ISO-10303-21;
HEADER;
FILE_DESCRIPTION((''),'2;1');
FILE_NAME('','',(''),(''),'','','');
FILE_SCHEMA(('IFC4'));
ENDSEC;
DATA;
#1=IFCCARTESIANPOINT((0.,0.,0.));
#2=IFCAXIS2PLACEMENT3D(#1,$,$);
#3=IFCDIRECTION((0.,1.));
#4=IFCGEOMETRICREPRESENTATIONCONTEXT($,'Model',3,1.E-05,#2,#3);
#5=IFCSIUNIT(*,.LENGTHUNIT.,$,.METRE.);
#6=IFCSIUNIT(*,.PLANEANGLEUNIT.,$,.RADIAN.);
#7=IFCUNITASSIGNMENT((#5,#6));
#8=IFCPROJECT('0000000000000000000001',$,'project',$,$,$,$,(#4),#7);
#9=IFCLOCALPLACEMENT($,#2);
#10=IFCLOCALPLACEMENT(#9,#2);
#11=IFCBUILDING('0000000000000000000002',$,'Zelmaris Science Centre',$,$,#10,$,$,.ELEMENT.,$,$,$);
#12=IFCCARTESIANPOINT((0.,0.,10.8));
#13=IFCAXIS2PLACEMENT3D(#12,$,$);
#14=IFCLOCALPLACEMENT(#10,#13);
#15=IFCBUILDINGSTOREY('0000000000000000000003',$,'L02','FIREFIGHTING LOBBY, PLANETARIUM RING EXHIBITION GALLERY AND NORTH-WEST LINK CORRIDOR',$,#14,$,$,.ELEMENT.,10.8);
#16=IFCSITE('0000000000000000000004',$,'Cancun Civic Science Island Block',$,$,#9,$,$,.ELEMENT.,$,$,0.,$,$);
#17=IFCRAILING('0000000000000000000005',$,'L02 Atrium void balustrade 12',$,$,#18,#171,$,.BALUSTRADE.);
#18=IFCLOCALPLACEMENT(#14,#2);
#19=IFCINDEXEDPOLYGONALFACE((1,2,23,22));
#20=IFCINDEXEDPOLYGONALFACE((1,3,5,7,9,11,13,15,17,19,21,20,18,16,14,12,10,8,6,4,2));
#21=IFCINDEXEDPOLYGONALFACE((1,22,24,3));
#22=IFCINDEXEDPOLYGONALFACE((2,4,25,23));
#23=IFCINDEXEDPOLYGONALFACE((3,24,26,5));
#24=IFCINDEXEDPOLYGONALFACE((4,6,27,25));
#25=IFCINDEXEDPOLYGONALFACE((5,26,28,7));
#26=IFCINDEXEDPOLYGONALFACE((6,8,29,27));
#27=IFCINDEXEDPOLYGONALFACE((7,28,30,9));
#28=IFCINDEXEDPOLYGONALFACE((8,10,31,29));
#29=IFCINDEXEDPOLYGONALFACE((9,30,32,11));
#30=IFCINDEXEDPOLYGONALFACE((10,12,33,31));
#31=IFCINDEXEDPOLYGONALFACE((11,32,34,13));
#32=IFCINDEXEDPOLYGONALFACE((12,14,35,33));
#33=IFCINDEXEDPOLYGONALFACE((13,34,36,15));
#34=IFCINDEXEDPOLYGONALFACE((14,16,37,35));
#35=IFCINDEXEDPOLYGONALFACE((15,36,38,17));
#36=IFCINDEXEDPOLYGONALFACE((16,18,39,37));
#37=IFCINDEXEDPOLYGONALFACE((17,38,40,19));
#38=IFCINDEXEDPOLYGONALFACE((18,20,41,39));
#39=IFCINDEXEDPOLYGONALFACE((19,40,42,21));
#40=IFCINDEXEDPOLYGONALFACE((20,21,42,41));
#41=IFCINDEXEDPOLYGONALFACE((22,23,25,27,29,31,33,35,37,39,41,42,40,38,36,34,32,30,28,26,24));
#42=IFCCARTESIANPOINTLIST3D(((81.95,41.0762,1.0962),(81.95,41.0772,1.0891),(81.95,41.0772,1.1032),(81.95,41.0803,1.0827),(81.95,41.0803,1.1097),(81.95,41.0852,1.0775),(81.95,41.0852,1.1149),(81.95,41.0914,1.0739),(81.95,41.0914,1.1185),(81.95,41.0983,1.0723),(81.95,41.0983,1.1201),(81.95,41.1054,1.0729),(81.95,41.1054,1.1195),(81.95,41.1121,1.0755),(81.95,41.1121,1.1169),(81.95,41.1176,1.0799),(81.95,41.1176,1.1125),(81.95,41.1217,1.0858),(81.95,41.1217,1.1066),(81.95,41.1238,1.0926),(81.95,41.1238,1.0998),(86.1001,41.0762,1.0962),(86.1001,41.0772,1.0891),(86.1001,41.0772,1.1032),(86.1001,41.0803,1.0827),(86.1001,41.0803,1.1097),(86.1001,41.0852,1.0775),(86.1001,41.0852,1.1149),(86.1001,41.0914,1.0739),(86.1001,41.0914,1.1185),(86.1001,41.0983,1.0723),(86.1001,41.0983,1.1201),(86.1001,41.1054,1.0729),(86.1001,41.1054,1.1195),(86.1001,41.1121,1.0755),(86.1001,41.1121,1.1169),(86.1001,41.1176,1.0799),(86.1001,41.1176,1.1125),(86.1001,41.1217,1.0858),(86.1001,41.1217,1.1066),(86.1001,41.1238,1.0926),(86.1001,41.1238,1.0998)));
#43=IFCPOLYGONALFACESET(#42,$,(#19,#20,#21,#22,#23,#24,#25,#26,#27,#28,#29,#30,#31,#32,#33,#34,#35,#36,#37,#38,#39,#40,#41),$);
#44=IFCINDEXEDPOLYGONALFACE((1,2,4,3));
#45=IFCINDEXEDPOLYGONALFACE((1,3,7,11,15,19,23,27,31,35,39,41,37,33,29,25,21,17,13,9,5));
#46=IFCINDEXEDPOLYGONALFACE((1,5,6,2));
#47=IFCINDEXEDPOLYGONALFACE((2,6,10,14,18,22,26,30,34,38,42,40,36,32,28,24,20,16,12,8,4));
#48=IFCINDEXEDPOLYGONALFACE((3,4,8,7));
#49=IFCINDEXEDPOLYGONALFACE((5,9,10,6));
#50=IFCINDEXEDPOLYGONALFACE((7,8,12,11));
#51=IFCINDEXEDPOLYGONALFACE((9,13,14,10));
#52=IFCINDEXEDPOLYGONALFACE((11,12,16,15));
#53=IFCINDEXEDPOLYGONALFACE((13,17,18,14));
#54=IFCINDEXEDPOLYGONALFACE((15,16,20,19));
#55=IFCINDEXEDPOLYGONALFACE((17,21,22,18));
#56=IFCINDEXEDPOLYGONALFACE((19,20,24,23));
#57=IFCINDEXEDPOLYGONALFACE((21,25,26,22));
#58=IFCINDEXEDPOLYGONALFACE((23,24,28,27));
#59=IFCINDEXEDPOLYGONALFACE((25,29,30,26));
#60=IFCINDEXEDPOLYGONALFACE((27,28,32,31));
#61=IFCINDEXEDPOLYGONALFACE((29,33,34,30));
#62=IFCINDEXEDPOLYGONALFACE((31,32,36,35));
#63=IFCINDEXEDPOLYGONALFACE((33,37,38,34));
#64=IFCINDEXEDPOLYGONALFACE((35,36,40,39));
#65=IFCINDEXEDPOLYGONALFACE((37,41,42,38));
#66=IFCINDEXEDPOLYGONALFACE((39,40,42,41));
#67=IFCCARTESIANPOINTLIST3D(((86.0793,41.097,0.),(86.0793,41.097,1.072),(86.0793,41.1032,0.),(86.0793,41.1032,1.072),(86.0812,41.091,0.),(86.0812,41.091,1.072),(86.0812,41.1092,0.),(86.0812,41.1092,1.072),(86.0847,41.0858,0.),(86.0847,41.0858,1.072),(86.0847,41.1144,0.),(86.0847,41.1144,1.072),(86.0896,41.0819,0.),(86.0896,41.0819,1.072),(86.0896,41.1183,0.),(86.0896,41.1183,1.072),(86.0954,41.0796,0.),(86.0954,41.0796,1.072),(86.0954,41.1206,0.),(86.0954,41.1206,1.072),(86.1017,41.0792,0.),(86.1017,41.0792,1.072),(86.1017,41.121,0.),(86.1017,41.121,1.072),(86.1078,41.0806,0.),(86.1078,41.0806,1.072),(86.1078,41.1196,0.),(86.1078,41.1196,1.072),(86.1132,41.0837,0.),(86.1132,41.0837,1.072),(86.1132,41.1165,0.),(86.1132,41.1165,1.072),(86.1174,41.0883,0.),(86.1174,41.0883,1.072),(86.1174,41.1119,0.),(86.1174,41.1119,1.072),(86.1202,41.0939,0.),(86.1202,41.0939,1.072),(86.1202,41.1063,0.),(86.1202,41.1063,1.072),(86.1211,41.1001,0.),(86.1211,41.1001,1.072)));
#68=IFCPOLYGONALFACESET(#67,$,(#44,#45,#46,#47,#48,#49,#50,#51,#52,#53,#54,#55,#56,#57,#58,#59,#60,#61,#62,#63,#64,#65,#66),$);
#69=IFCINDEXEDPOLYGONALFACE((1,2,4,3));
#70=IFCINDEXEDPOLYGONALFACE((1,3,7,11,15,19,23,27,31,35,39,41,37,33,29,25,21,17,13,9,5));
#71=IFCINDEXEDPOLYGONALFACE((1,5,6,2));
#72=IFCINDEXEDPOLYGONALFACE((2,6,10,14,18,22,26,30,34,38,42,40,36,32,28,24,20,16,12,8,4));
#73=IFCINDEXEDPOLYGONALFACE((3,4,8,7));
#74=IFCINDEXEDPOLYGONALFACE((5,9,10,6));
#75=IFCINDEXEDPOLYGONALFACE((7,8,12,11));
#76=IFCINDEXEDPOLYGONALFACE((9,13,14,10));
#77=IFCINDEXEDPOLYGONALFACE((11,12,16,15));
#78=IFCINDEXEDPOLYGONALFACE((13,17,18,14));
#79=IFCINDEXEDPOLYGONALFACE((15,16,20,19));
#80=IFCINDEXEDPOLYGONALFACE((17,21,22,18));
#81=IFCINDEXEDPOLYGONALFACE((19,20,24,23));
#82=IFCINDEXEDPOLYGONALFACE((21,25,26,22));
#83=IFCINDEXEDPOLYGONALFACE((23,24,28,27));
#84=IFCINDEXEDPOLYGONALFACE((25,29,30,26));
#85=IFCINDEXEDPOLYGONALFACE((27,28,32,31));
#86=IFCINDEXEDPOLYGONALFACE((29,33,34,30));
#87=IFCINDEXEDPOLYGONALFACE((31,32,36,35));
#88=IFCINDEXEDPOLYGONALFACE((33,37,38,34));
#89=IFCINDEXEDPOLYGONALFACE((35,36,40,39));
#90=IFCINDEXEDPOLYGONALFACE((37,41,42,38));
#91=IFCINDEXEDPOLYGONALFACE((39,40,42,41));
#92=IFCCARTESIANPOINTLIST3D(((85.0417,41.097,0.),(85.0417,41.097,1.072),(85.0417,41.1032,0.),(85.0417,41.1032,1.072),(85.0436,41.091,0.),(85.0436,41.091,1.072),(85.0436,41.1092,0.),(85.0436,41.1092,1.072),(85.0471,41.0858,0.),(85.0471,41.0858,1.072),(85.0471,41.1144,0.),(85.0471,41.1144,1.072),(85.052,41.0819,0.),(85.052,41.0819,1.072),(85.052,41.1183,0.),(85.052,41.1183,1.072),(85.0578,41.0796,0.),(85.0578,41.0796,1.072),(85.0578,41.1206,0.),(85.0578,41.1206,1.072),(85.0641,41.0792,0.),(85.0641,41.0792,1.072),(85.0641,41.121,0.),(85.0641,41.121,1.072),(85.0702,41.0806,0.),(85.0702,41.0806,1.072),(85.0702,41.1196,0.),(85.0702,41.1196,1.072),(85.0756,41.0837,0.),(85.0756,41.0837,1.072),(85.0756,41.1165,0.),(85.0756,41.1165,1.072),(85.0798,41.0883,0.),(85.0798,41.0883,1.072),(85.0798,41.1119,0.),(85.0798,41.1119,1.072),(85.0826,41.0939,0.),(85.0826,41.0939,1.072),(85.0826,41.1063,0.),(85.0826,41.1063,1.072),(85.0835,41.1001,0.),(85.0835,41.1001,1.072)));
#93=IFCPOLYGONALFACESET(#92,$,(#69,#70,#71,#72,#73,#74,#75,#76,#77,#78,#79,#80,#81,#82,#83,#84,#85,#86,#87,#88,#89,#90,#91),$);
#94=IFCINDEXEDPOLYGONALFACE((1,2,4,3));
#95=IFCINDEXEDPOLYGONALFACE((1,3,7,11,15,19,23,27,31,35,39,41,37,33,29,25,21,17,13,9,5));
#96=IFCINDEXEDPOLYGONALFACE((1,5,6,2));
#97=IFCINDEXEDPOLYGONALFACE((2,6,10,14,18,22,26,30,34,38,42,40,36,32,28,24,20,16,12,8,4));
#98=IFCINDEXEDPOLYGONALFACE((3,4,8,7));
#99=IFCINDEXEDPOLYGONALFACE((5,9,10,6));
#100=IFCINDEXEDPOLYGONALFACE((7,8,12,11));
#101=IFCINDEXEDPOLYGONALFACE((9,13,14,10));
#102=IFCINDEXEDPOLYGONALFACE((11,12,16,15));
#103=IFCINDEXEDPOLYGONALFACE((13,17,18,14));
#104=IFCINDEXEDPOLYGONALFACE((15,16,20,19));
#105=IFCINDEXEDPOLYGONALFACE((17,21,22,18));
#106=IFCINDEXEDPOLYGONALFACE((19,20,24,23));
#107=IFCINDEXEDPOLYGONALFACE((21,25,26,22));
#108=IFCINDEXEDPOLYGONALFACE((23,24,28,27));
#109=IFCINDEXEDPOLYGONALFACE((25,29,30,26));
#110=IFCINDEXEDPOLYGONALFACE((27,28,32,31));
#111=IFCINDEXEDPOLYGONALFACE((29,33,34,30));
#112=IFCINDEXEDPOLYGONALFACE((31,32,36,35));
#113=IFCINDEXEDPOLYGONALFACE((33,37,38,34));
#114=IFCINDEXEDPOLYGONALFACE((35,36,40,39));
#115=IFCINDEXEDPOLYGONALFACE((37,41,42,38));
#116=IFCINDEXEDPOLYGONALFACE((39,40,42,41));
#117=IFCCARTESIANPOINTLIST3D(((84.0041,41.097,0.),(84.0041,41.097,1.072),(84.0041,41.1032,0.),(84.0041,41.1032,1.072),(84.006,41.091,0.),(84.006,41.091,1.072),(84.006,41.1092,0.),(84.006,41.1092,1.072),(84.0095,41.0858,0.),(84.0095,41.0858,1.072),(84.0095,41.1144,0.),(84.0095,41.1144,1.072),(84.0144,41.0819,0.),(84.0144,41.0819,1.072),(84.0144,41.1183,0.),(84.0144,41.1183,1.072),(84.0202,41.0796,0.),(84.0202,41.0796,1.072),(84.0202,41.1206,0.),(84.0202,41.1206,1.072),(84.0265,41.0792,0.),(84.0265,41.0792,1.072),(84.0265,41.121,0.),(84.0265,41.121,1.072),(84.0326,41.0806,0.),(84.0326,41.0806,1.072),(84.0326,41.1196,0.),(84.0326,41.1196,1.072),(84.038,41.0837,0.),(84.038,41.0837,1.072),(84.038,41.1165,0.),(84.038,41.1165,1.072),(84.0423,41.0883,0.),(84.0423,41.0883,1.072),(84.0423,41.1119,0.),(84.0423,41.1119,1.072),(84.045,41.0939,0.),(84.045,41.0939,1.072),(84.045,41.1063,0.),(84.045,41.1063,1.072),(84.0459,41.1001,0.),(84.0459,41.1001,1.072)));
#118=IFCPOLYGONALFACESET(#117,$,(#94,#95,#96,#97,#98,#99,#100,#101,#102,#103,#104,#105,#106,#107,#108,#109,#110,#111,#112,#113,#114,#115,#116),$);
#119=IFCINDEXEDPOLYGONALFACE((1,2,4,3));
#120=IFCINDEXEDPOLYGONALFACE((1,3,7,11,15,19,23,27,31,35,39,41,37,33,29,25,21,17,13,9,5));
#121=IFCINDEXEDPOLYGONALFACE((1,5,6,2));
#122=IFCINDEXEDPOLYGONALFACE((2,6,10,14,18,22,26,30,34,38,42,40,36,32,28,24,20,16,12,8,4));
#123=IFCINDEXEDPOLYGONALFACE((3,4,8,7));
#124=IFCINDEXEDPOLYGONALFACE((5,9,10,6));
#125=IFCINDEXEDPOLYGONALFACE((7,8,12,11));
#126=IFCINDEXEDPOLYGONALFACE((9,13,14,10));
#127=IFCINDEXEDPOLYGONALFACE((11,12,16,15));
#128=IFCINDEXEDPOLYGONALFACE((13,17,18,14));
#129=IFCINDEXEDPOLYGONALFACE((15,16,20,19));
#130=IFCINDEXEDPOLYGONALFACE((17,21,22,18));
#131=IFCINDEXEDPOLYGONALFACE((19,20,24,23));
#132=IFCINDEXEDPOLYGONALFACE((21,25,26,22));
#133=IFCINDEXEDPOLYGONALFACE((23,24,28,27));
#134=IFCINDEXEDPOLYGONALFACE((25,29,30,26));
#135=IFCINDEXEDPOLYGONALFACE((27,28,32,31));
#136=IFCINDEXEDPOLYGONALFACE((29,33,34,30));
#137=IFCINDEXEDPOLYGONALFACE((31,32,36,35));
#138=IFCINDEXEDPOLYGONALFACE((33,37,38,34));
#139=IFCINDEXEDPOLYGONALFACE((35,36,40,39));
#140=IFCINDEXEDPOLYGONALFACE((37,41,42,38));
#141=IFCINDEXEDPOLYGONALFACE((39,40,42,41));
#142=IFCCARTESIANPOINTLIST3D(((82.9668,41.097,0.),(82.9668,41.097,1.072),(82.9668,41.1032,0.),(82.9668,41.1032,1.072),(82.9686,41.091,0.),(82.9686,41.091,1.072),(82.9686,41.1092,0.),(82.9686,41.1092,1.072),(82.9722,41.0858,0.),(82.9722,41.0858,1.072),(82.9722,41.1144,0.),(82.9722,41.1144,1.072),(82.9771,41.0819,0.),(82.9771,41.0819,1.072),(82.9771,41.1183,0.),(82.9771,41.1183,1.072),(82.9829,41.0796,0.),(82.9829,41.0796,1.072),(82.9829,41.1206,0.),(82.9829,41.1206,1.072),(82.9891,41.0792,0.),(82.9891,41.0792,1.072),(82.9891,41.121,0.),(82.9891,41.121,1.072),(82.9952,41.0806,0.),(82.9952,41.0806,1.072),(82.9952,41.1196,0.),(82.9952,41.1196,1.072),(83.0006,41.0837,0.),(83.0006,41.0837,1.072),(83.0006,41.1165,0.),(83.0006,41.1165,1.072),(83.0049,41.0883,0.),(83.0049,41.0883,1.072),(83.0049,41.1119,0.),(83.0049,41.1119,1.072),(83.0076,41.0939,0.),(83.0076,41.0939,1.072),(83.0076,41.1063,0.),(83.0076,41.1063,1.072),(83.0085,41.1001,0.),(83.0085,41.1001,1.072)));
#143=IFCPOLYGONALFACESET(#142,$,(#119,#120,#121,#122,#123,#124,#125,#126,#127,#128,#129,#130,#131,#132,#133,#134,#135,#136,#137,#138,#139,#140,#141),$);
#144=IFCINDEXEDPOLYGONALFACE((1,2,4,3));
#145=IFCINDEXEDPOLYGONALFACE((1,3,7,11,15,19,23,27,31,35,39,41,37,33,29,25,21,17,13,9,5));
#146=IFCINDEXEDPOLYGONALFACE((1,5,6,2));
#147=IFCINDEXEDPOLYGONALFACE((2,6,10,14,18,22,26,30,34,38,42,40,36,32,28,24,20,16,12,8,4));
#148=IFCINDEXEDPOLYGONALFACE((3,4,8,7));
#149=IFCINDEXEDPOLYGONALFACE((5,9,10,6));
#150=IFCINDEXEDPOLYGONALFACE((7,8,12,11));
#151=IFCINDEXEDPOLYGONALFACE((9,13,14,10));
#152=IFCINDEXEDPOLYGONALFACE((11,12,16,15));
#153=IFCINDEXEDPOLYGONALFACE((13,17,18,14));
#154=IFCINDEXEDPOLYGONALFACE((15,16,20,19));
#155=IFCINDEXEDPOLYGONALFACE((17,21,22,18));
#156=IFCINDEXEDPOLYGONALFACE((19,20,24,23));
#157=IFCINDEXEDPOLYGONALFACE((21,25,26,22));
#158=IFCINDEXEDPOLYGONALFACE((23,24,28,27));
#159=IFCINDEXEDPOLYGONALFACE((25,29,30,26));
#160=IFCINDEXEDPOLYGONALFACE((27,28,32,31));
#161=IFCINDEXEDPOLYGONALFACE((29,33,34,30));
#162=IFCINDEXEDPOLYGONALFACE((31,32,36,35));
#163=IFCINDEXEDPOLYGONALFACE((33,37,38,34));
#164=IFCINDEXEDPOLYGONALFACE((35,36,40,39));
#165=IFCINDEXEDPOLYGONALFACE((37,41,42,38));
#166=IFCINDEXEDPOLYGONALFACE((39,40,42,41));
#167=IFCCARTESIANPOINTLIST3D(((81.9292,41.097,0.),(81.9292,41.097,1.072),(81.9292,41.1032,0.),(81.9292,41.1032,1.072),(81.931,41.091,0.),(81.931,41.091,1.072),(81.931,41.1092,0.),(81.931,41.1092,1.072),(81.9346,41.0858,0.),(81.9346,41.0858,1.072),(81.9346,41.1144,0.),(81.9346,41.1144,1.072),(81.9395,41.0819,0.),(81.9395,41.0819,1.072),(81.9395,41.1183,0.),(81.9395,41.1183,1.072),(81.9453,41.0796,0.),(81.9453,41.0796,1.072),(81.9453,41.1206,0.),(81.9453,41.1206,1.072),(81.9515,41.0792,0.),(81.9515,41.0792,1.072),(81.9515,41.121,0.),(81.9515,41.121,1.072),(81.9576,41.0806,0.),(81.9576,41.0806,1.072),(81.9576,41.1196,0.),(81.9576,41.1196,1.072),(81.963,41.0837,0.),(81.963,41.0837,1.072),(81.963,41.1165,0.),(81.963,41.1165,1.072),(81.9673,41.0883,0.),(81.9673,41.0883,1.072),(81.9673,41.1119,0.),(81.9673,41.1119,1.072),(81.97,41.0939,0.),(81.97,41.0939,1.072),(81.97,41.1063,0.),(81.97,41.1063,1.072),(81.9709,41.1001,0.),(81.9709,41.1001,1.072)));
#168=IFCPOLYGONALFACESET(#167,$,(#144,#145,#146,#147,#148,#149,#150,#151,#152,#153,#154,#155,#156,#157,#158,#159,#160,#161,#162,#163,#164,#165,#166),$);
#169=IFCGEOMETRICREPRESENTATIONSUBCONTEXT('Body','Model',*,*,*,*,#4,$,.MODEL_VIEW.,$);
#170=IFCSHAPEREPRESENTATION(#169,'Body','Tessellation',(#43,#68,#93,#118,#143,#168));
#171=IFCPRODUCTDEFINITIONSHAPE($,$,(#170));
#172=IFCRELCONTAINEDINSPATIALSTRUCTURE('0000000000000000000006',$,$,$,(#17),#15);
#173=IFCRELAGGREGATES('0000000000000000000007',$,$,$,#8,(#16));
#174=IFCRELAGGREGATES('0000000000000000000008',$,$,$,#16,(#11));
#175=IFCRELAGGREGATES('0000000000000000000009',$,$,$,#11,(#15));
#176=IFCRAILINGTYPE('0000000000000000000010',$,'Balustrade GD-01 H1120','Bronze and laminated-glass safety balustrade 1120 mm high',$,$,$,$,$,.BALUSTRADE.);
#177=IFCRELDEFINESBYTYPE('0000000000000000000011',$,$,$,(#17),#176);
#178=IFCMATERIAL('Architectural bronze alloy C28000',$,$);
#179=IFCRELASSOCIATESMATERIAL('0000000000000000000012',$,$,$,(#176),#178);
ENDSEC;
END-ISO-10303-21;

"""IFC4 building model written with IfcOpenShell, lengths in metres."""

from ifc_helpers import new_model, si_unit, direction, frame, origin, origin_2d, place, context, subcontext, project, spatial, circle, extrude, material, type_object, element, save


model = new_model("IFC4")

# Units and contexts
model_context = context("Model", 3, precision=1e-05, world=origin(), true_north=direction((0.0, 1.0)))
body_context = subcontext(model_context, "Body", "Model", "MODEL_VIEW")
ifc_project = project(units=[si_unit("LENGTHUNIT", "METRE"), si_unit("PLANEANGLEUNIT", "RADIAN")], contexts=[model_context])

# Site, building, storey
site_placement = place(None, origin())
site = spatial("IfcSite", under=ifc_project, at=site_placement, Name="Cancun Civic Science Island Block", CompositionType="ELEMENT", RefElevation=0.0)
building_placement = place(site_placement, origin())
building = spatial("IfcBuilding", under=site, at=building_placement, Name="Zelmaris Science Centre", CompositionType="ELEMENT")
storey_placement = place(building_placement, frame((0.0, 0.0, 10.8)))
storey = spatial("IfcBuildingStorey", under=building, at=storey_placement, Name="L02", Description="FIREFIGHTING LOBBY, PLANETARIUM RING EXHIBITION GALLERY AND NORTH-WEST LINK CORRIDOR", CompositionType="ELEMENT", Elevation=10.8)

# Railing
ifc_material_1 = material(Name="Architectural bronze alloy C28000")
railing_type = type_object("IfcRailingType", Name="Balustrade GD-01 H1120", Description="Bronze and laminated-glass safety balustrade 1120 mm high", PredefinedType="BALUSTRADE", material=ifc_material_1)
for number, where, name in (
    (1, (86.1001, 41.1001, 0.0), "L02 Atrium void balustrade 12"),
):
    element("IfcRailing", number, at=place(storey_placement, frame(where)), inside=storey, type_object=railing_type, Name=name, PredefinedType="BALUSTRADE", context=body_context, shape_type="SweptSolid", body=[
        extrude(circle(Radius=0.0239, at=origin_2d()), frame((0.0, 0.0, 1.0962), z_axis=(-1.0, 0.0, 0.0), x_axis=(0.0, -1.0, 0.0)), (0.0, 0.0, 1.0), 4.1501),
        extrude(circle(Radius=0.021, at=origin_2d()), origin(), (0.0, 0.0, 1.0), 1.072),
        extrude(circle(Radius=0.021, at=origin_2d()), frame((-1.0376, 0.0, 0.0)), (0.0, 0.0, 1.0), 1.072),
        extrude(circle(Radius=0.021, at=origin_2d()), frame((-2.0752, 0.0, 0.0)), (0.0, 0.0, 1.0), 1.072),
        extrude(circle(Radius=0.021, at=origin_2d()), frame((-3.1125, 0.0, 0.0)), (0.0, 0.0, 1.0), 1.072),
        extrude(circle(Radius=0.021, at=origin_2d()), frame((-4.1501, 0.0, 0.0)), (0.0, 0.0, 1.0), 1.072),
    ])

save(model, "model.ifc")
